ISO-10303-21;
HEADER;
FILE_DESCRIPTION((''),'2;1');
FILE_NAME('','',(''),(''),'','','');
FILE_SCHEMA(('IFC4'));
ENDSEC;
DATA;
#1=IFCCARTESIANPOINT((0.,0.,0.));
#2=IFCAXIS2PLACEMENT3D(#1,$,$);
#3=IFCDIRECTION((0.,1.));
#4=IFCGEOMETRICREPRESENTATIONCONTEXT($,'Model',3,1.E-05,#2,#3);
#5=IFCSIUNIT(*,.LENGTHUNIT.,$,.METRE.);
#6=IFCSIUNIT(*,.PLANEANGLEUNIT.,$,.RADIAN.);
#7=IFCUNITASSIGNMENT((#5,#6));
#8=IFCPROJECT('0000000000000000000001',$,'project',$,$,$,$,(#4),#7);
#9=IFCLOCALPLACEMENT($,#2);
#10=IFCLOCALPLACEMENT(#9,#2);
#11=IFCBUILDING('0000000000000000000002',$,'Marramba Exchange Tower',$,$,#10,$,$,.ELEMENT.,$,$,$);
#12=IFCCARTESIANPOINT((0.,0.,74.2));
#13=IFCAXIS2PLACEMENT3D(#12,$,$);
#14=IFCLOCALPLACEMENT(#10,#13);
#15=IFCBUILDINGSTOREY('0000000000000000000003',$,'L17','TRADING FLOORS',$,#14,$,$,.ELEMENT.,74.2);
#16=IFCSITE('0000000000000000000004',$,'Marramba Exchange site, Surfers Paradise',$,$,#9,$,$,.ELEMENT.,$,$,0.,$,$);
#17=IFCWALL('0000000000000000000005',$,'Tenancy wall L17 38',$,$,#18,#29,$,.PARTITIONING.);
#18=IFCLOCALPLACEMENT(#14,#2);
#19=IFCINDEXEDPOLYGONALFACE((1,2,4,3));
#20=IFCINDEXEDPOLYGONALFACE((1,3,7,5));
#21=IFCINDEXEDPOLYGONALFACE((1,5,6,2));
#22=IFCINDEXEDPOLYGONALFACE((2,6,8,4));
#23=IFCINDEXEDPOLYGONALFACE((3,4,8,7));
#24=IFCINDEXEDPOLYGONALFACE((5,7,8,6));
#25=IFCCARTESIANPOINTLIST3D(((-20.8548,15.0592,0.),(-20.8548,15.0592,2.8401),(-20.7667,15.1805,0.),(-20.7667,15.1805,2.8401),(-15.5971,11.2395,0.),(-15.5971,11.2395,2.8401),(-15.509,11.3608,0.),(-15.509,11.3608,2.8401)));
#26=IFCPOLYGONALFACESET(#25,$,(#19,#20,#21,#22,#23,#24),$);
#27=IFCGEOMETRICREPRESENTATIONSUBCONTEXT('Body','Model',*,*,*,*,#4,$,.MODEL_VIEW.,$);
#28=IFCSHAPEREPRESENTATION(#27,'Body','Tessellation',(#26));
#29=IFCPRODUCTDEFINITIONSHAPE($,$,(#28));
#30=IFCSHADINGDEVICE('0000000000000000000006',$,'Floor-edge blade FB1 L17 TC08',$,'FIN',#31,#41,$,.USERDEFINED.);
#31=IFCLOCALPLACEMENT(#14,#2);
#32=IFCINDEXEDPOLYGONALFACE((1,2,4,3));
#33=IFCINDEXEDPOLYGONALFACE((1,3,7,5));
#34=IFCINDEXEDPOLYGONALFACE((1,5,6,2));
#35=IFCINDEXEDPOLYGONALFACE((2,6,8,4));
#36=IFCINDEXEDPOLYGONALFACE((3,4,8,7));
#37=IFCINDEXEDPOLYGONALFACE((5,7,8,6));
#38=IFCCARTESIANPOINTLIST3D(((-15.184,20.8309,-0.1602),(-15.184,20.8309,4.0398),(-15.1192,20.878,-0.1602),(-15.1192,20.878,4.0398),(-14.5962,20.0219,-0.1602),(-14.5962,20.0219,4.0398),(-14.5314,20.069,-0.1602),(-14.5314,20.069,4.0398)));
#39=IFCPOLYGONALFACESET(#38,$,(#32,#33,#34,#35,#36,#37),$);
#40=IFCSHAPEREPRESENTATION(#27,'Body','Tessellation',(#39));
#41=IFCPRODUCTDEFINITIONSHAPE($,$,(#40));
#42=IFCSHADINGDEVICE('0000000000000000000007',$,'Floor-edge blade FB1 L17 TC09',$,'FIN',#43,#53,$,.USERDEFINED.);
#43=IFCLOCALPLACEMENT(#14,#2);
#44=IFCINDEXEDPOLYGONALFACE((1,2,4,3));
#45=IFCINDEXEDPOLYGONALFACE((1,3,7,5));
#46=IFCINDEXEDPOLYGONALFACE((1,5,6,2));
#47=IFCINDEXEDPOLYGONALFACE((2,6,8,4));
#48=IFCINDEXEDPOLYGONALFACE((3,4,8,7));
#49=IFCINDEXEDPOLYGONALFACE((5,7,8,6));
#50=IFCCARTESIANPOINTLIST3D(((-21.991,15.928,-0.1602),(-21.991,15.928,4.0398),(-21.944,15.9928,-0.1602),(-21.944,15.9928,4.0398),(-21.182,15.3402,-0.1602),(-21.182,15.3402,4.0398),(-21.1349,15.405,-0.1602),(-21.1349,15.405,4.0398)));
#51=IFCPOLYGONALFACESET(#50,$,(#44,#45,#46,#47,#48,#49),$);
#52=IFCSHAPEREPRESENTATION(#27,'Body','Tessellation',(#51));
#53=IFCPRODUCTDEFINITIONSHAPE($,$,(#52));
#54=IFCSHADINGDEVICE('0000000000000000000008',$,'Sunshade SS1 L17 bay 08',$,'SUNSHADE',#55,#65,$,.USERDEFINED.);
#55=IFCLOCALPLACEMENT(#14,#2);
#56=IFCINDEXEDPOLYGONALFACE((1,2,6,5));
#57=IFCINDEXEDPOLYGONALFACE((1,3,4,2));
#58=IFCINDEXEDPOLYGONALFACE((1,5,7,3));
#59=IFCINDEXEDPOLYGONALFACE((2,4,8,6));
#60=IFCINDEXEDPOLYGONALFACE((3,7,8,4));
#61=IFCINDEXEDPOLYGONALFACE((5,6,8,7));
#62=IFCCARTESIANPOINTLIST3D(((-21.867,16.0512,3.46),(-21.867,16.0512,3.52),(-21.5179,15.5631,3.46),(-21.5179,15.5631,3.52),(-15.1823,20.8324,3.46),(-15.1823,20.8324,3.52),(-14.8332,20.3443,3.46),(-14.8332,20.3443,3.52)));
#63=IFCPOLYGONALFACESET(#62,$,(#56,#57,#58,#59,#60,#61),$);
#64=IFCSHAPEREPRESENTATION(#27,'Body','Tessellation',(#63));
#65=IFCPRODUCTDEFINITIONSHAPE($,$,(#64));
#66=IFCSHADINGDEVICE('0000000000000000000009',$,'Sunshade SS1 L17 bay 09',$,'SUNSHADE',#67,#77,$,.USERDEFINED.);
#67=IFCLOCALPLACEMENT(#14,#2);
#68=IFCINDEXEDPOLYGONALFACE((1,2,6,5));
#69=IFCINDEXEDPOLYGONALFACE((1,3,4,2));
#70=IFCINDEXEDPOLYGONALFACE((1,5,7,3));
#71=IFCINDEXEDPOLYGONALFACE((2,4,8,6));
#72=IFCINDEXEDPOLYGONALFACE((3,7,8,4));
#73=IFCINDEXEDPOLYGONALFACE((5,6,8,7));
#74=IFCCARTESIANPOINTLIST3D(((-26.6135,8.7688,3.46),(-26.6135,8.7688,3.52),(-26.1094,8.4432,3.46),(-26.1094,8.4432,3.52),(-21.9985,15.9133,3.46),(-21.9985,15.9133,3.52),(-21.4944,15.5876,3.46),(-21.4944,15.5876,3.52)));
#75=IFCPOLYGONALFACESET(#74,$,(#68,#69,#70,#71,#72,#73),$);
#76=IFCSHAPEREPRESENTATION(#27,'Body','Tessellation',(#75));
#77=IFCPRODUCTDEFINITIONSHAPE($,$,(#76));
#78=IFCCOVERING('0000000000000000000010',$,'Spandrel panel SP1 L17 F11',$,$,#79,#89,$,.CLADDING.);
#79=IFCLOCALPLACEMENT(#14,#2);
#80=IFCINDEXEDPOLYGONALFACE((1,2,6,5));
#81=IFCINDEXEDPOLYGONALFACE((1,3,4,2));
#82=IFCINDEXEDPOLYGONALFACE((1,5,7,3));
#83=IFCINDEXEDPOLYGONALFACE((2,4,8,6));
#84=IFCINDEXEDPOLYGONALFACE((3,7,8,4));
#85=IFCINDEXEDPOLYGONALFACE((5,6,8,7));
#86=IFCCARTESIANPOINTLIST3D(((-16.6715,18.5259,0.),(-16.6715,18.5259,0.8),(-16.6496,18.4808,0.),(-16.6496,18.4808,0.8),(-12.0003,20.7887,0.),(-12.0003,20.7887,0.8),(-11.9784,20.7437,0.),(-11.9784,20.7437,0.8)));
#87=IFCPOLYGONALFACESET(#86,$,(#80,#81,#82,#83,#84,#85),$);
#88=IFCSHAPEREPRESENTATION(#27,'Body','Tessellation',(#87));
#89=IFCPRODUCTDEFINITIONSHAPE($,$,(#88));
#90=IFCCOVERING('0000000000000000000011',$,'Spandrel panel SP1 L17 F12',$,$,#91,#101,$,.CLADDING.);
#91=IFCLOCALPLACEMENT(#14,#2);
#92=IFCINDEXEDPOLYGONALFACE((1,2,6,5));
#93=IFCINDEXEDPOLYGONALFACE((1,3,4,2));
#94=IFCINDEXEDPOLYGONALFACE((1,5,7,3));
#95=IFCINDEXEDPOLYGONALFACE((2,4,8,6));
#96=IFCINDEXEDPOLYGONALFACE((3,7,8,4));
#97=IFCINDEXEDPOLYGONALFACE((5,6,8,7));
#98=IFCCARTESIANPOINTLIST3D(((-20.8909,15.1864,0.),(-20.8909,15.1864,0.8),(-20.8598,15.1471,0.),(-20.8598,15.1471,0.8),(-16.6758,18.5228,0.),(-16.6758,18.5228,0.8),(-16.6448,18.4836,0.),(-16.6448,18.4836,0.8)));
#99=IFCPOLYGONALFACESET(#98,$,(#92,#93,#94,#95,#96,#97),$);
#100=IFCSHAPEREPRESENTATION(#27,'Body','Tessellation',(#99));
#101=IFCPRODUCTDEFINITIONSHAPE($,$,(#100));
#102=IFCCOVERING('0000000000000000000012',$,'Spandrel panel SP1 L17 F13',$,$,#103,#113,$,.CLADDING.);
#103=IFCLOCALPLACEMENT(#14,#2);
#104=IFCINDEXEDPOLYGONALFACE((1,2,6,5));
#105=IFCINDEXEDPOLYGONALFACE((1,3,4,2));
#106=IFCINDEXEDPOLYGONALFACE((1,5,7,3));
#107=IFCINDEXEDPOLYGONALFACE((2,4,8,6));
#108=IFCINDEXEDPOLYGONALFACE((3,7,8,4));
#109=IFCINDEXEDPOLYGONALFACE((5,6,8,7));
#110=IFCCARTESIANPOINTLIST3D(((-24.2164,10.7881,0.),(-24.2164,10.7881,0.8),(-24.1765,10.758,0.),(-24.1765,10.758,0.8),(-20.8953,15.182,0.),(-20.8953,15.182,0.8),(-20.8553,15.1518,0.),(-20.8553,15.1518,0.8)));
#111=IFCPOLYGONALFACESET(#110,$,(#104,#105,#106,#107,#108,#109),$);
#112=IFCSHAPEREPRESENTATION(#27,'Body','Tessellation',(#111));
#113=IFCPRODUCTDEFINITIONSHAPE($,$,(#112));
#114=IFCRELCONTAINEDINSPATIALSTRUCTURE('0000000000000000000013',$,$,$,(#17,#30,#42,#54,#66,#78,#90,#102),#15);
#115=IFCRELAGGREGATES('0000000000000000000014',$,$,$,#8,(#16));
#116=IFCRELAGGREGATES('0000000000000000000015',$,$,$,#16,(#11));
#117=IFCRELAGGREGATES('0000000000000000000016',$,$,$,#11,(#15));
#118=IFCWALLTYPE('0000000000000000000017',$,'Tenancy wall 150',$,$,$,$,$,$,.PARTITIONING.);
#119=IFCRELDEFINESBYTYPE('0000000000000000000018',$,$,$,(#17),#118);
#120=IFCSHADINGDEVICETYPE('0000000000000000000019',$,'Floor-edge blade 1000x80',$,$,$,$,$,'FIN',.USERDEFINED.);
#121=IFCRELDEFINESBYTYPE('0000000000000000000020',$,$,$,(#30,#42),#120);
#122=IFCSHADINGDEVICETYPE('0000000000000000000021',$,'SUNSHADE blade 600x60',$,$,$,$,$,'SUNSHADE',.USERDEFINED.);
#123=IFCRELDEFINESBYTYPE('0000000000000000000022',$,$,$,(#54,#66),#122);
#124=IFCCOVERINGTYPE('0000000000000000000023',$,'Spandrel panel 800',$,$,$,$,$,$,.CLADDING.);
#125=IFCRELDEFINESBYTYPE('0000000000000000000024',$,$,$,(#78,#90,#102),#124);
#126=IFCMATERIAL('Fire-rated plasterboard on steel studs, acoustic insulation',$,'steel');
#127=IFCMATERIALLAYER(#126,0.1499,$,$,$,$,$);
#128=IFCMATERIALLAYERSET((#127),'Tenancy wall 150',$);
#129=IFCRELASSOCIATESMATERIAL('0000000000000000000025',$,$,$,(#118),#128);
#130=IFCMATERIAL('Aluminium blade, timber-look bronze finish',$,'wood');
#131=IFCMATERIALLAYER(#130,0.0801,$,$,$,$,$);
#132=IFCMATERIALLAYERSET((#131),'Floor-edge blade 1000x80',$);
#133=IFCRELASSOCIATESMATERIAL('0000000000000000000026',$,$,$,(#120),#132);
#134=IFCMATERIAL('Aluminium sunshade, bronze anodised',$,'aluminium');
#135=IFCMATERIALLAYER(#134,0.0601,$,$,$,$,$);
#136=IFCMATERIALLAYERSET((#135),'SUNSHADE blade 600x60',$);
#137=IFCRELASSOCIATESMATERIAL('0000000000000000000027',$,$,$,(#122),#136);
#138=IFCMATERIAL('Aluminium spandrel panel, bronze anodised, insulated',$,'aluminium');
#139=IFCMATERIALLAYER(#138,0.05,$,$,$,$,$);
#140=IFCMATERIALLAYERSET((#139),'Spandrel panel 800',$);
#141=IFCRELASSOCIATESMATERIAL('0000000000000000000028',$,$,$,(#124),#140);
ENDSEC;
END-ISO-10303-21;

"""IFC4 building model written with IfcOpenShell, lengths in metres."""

from ifc_helpers import new_model, si_unit, direction, frame, frame_2d, origin, origin_2d, place, context, subcontext, project, spatial, rectangle, extrude, material, layer, layer_set, type_object, element, save


model = new_model("IFC4")

# Units and contexts
model_context = context("Model", 3, precision=1e-05, world=origin(), true_north=direction((0.0, 1.0)))
body_context = subcontext(model_context, "Body", "Model", "MODEL_VIEW")
ifc_project = project(units=[si_unit("LENGTHUNIT", "METRE"), si_unit("PLANEANGLEUNIT", "RADIAN")], contexts=[model_context])

# Site, building, storey
site_placement = place(None, origin())
site = spatial("IfcSite", under=ifc_project, at=site_placement, Name="Marramba Exchange site, Surfers Paradise", CompositionType="ELEMENT", RefElevation=0.0)
building_placement = place(site_placement, origin())
building = spatial("IfcBuilding", under=site, at=building_placement, Name="Marramba Exchange Tower", CompositionType="ELEMENT")
storey_placement = place(building_placement, frame((0.0, 0.0, 74.2)))
storey = spatial("IfcBuildingStorey", under=building, at=storey_placement, Name="L17", Description="TRADING FLOORS", CompositionType="ELEMENT", Elevation=74.2)

# Wall
ifc_material_1 = material(Name="Fire-rated plasterboard on steel studs, acoustic insulation", Category="steel")
ifc_layer_1 = layer(ifc_material_1, 0.1499)
ifc_layer_set_1 = layer_set([ifc_layer_1], Name="Tenancy wall 150")
wall_type_1 = type_object("IfcWallType", Name="Tenancy wall 150", PredefinedType="PARTITIONING", material=ifc_layer_set_1)
wall_1_placement = place(storey_placement, frame((-15.553, 11.3, 0.0), z_axis=(0.0, 0.0, 1.0), x_axis=(-0.809032, 0.587765, 0.0)))
element("IfcWall", 1, at=wall_1_placement, inside=storey, type_object=wall_type_1, Name="Tenancy wall L17 38", PredefinedType="PARTITIONING", context=body_context, shape_type="SweptSolid", body=[
    extrude(rectangle(XDim=6.4988, YDim=0.1499, at=frame_2d((3.2495, 0.0))), origin(), (0.0, 0.0, 1.0), 2.8401),
])

# Shading devices
ifc_material_2 = material(Name="Aluminium blade, timber-look bronze finish", Category="wood")
ifc_layer_2 = layer(ifc_material_2, 0.0801)
ifc_layer_set_2 = layer_set([ifc_layer_2], Name="Floor-edge blade 1000x80")
shading_device_type_1 = type_object("IfcShadingDeviceType", Name="Floor-edge blade 1000x80", ElementType="FIN", PredefinedType="USERDEFINED", material=ifc_layer_set_2)
for number, where, z_axis, x_axis, name in (
    (2, (-14.8577, 20.45, -0.1602), (0.0, 0.0, 1.0), (-0.587785, 0.809017, 0.0), "Floor-edge blade FB1 L17 TC08"),
    (3, (-21.563, 15.6665, -0.1602), (0.0, 0.0, 1.0), (-0.809017, 0.587785, 0.0), "Floor-edge blade FB1 L17 TC09"),
):
    element("IfcShadingDevice", number, at=place(storey_placement, frame(where, z_axis=z_axis, x_axis=x_axis)), inside=storey, type_object=shading_device_type_1, Name=name, ObjectType="FIN", PredefinedType="USERDEFINED", context=body_context, shape_type="SweptSolid", body=[
        extrude(rectangle(XDim=1.0, YDim=0.0801, at=origin_2d()), origin(), (0.0, 0.0, 1.0), 4.2),
    ])
ifc_material_3 = material(Name="Aluminium sunshade, bronze anodised", Category="aluminium")
ifc_layer_3 = layer(ifc_material_3, 0.0601)
ifc_layer_set_3 = layer_set([ifc_layer_3], Name="SUNSHADE blade 600x60")
shading_device_type_2 = type_object("IfcShadingDeviceType", Name="SUNSHADE blade 600x60", ElementType="SUNSHADE", PredefinedType="USERDEFINED", material=ifc_layer_set_3)
shading_device_1_placement = place(storey_placement, frame((-18.3501, 18.1978, 3.46), z_axis=(0.0, 0.0, 1.0), x_axis=(-0.813363, -0.581757, 0.0)))
element("IfcShadingDevice", 4, at=shading_device_1_placement, inside=storey, type_object=shading_device_type_2, Name="Sunshade SS1 L17 bay 08", ObjectType="SUNSHADE", PredefinedType="USERDEFINED", context=body_context, shape_type="SweptSolid", body=[
    extrude(rectangle(XDim=8.2185, YDim=0.6001, at=origin_2d()), origin(), (0.0, 0.0, 1.0), 0.0601),
])
shading_device_2_placement = place(storey_placement, frame((-24.054, 12.1782, 3.46), z_axis=(0.0, 0.0, 1.0), x_axis=(-0.542597, -0.839993, 0.0)))
element("IfcShadingDevice", 5, at=shading_device_2_placement, inside=storey, type_object=shading_device_type_2, Name="Sunshade SS1 L17 bay 09", ObjectType="SUNSHADE", PredefinedType="USERDEFINED", context=body_context, shape_type="SweptSolid", body=[
    extrude(rectangle(XDim=8.5054, YDim=0.6001, at=origin_2d()), origin(), (0.0, 0.0, 1.0), 0.0601),
])

# Coverings
ifc_material_4 = material(Name="Aluminium spandrel panel, bronze anodised, insulated", Category="aluminium")
ifc_layer_4 = layer(ifc_material_4, 0.05)
ifc_layer_set_4 = layer_set([ifc_layer_4], Name="Spandrel panel 800")
covering_type = type_object("IfcCoveringType", Name="Spandrel panel 800", PredefinedType="CLADDING", material=ifc_layer_set_4)
covering_1_placement = place(storey_placement, frame((-14.325, 19.6348, 0.0), z_axis=(0.0, 0.0, 1.0), x_axis=(-0.899963, -0.435965, 0.0)))
element("IfcCovering", 6, at=covering_1_placement, inside=storey, type_object=covering_type, Name="Spandrel panel SP1 L17 F11", PredefinedType="CLADDING", context=body_context, shape_type="SweptSolid", body=[
    extrude(rectangle(XDim=5.1904, YDim=0.05, at=origin_2d()), origin(), (0.0, 0.0, 1.0), 0.8),
])
covering_2_placement = place(storey_placement, frame((-18.7678, 16.835, 0.0), z_axis=(0.0, 0.0, 1.0), x_axis=(-0.784088, -0.62065, 0.0)))
element("IfcCovering", 7, at=covering_2_placement, inside=storey, type_object=covering_type, Name="Spandrel panel SP1 L17 F12", PredefinedType="CLADDING", context=body_context, shape_type="SweptSolid", body=[
    extrude(rectangle(XDim=5.3757, YDim=0.05, at=origin_2d()), origin(), (0.0, 0.0, 1.0), 0.8),
])
covering_3_placement = place(storey_placement, frame((-22.5359, 12.97, 0.0), z_axis=(0.0, 0.0, 1.0), x_axis=(-0.60299, -0.797749, 0.0)))
element("IfcCovering", 8, at=covering_3_placement, inside=storey, type_object=covering_type, Name="Spandrel panel SP1 L17 F13", PredefinedType="CLADDING", context=body_context, shape_type="SweptSolid", body=[
    extrude(rectangle(XDim=5.5078, YDim=0.05, at=origin_2d()), origin(), (0.0, 0.0, 1.0), 0.8),
])

save(model, "model.ifc")
